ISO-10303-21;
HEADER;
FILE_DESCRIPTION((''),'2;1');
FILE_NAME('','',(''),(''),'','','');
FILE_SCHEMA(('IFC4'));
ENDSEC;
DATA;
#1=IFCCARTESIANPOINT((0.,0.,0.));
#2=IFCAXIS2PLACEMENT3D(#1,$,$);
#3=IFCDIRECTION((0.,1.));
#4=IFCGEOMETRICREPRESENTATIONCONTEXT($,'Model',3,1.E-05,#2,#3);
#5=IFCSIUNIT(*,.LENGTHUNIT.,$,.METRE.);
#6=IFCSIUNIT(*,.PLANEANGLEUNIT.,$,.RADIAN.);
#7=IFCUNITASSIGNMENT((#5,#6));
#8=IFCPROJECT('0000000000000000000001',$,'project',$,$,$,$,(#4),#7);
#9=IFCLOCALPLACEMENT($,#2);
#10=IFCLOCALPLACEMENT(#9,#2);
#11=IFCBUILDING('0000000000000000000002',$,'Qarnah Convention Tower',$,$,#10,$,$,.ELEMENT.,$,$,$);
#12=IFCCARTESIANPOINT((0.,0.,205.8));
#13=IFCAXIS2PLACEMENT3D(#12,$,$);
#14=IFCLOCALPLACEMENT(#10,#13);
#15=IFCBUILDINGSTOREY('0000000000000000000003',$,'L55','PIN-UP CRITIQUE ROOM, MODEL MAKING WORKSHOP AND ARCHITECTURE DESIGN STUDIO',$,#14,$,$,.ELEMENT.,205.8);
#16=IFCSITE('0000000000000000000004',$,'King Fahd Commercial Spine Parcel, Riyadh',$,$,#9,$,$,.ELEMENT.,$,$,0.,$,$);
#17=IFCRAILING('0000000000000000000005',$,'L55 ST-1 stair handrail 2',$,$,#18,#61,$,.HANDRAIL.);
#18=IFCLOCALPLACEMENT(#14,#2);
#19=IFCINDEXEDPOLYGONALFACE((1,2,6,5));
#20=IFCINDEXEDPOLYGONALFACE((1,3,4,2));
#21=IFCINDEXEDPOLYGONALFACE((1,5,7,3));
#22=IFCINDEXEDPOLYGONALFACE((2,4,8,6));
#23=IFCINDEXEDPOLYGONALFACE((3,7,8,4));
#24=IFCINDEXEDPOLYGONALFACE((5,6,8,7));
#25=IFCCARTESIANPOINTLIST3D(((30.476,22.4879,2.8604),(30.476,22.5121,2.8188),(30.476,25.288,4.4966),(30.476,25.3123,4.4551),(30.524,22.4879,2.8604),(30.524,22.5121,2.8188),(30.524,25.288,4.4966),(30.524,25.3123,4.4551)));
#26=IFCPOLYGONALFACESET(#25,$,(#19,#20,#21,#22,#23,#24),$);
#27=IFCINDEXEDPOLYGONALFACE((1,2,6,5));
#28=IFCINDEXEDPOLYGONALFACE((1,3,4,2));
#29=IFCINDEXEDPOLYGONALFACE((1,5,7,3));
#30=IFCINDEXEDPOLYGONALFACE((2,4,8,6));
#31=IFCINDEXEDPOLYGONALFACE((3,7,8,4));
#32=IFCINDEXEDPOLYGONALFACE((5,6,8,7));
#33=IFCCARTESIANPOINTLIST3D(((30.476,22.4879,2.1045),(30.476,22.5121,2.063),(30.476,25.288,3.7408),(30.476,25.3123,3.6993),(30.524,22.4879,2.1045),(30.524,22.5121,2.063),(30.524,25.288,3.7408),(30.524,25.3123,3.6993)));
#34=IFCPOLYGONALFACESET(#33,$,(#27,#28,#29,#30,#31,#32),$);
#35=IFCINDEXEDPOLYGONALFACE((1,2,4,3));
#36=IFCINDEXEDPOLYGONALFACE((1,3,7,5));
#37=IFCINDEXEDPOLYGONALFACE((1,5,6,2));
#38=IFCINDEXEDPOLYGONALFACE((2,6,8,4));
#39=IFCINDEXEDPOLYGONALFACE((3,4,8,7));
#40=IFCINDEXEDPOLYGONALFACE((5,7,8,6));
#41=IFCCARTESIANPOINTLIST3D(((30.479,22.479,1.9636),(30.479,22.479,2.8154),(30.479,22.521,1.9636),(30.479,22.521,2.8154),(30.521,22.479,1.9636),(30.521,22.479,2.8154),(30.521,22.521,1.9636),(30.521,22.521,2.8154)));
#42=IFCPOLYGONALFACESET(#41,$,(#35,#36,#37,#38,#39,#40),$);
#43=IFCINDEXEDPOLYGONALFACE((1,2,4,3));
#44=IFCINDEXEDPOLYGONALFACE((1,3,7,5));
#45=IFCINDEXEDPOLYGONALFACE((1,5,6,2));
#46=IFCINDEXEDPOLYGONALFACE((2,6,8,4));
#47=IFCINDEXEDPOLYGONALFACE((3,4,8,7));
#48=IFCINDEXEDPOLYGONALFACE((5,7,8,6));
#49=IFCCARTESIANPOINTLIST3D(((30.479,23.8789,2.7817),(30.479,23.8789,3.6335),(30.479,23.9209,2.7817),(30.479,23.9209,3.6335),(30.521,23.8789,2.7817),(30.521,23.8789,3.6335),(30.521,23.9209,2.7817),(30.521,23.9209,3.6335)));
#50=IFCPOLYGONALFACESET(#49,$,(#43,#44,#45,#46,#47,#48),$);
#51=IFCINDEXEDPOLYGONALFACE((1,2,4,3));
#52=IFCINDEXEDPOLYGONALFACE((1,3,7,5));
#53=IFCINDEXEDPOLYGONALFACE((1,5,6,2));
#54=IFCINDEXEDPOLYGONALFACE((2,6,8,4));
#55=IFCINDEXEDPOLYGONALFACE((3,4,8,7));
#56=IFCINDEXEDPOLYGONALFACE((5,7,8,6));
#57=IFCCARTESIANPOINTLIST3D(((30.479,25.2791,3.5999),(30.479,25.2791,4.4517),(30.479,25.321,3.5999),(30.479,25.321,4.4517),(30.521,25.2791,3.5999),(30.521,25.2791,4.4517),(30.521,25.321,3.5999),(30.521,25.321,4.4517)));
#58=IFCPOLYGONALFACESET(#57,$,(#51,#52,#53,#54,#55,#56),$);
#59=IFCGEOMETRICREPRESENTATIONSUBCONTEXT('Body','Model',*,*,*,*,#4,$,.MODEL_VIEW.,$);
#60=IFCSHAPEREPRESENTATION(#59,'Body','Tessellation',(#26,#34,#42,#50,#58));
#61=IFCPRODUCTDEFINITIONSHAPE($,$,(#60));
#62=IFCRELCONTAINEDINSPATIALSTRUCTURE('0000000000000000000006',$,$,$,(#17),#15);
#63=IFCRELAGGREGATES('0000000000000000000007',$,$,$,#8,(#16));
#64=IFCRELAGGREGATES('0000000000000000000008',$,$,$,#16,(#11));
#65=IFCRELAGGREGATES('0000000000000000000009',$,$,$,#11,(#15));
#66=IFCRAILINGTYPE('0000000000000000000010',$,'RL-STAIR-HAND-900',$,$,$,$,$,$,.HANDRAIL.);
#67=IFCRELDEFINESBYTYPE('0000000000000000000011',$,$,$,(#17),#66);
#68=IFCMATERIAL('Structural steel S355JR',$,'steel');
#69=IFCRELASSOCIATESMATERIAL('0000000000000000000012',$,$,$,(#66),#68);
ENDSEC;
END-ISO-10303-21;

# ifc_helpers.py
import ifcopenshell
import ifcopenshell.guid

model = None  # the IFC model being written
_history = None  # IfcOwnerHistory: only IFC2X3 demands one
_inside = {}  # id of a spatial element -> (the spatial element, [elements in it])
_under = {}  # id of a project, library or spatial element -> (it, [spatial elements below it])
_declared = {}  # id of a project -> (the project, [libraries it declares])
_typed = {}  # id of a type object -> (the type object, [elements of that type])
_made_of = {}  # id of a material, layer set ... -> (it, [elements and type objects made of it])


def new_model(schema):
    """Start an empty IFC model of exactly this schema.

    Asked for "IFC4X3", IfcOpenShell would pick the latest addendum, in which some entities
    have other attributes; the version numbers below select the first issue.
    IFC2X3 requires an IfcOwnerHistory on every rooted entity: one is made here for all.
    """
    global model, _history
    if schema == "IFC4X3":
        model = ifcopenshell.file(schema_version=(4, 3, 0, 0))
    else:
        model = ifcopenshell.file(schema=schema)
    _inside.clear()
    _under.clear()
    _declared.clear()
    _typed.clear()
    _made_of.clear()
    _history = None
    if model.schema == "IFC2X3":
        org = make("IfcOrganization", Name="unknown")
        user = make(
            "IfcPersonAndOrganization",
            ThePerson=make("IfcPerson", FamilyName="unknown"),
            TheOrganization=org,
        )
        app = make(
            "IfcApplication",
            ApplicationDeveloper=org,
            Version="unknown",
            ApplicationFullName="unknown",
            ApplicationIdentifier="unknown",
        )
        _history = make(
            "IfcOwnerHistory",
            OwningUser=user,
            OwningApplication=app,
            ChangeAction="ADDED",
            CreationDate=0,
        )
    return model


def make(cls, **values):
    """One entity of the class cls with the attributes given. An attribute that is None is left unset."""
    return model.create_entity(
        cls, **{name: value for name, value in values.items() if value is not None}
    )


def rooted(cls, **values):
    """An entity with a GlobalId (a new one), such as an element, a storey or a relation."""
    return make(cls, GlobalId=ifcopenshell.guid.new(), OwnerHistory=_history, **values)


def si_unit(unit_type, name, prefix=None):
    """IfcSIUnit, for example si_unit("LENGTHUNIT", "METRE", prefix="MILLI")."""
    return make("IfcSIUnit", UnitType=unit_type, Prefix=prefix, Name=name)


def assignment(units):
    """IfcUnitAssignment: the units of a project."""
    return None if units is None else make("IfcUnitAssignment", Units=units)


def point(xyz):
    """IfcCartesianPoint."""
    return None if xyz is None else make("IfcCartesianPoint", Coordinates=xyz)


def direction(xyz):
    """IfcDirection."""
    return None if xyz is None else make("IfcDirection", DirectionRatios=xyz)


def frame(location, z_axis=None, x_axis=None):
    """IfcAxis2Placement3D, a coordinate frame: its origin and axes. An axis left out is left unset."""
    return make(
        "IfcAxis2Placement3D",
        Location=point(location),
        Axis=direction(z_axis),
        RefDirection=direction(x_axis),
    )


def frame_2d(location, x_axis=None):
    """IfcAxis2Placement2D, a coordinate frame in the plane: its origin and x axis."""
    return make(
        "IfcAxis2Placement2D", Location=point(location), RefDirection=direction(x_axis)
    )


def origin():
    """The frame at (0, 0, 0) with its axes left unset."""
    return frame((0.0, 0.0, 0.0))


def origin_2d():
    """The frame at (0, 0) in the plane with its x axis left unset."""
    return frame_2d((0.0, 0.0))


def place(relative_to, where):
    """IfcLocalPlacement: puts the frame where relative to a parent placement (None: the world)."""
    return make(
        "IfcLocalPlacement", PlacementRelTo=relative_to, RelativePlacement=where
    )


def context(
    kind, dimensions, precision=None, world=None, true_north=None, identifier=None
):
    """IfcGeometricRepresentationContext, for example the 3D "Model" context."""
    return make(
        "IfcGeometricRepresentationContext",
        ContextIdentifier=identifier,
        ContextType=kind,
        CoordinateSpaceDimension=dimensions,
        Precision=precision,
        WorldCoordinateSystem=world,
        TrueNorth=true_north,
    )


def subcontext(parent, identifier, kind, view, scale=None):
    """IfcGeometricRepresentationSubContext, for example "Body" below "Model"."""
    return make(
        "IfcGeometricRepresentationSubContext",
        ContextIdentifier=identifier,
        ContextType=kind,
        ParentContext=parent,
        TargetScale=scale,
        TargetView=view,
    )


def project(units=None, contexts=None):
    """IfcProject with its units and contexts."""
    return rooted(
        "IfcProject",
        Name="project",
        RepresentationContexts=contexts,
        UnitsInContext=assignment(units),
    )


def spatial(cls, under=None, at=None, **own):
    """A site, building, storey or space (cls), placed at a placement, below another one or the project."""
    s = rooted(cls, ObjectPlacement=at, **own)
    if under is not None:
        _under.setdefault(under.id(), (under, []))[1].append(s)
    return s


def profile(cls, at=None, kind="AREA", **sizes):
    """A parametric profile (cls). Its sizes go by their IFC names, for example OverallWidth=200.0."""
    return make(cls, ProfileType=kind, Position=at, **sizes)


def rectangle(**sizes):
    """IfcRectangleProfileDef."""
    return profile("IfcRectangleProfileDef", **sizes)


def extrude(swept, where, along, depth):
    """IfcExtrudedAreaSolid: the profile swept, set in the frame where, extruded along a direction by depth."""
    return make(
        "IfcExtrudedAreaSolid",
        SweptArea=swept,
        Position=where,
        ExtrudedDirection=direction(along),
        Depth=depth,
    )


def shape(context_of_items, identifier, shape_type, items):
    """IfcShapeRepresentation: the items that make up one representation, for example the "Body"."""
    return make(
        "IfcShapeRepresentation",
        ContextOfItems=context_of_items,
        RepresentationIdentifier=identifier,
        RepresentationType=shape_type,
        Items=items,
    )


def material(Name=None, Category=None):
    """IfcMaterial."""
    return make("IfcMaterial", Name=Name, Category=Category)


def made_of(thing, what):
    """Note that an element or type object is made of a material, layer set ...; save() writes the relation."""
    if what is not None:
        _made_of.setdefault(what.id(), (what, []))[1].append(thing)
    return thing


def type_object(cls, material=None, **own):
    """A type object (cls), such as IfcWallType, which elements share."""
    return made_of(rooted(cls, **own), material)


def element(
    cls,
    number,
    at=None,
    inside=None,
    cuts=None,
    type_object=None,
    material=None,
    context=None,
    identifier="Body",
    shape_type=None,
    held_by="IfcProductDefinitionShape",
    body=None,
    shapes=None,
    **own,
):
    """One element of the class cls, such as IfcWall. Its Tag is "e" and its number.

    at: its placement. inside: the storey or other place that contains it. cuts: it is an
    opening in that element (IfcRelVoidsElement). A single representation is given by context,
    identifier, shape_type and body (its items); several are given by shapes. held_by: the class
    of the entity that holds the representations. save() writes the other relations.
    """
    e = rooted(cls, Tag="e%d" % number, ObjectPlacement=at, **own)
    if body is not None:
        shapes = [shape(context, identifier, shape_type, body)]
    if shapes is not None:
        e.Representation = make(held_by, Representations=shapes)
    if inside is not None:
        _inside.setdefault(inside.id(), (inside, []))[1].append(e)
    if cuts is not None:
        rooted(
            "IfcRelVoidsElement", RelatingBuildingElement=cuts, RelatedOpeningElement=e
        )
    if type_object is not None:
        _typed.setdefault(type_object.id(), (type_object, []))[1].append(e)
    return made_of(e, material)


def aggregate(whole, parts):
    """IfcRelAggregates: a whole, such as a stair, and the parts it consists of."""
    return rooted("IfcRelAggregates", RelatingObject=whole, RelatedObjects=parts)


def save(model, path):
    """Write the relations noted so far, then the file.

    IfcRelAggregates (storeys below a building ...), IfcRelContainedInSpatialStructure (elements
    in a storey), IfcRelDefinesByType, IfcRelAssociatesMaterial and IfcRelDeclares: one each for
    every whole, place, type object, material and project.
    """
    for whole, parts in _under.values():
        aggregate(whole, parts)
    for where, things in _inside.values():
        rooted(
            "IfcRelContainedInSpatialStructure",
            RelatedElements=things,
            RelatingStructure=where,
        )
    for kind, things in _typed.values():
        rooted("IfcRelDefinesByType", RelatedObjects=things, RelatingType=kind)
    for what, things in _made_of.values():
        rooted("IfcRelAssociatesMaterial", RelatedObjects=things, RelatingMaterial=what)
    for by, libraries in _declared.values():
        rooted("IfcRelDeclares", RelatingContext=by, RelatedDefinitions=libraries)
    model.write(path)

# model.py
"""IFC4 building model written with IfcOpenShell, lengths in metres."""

from ifc_helpers import new_model, si_unit, direction, frame, origin, origin_2d, place, context, subcontext, project, spatial, rectangle, extrude, material, type_object, element, save


model = new_model("IFC4")

# Units and contexts
model_context = context("Model", 3, precision=1e-05, world=origin(), true_north=direction((0.0, 1.0)))
body_context = subcontext(model_context, "Body", "Model", "MODEL_VIEW")
ifc_project = project(units=[si_unit("LENGTHUNIT", "METRE"), si_unit("PLANEANGLEUNIT", "RADIAN")], contexts=[model_context])

# Site, building, storey
site_placement = place(None, origin())
site = spatial("IfcSite", under=ifc_project, at=site_placement, Name="King Fahd Commercial Spine Parcel, Riyadh", CompositionType="ELEMENT", RefElevation=0.0)
building_placement = place(site_placement, origin())
building = spatial("IfcBuilding", under=site, at=building_placement, Name="Qarnah Convention Tower", CompositionType="ELEMENT")
storey_placement = place(building_placement, frame((0.0, 0.0, 205.8)))
storey = spatial("IfcBuildingStorey", under=building, at=storey_placement, Name="L55", Description="PIN-UP CRITIQUE ROOM, MODEL MAKING WORKSHOP AND ARCHITECTURE DESIGN STUDIO", CompositionType="ELEMENT", Elevation=205.8)

# Shared definitions
ifc_material_1 = material(Name="Structural steel S355JR", Category="steel")

# Railing
railing_type_1 = type_object("IfcRailingType", Name="RL-STAIR-HAND-900", PredefinedType="HANDRAIL", material=ifc_material_1)
railing_1_placement = place(storey_placement, frame((30.5, 22.5, 1.9636)))
element("IfcRailing", 1, at=railing_1_placement, inside=storey, type_object=railing_type_1, Name="L55 ST-1 stair handrail 2", PredefinedType="HANDRAIL", context=body_context, shape_type="SweptSolid", body=[
    extrude(rectangle(XDim=0.0481, YDim=0.0481, at=origin_2d()), frame((0.0, 0.0, 0.876), z_axis=(0.0, 0.863394, 0.504531), x_axis=(-1.0, 0.0, 0.0)), (0.0, 0.0, 1.0), 3.2432),
    extrude(rectangle(XDim=0.0481, YDim=0.0481, at=origin_2d()), frame((0.0, 0.0, 0.1201), z_axis=(0.0, 0.863394, 0.504531), x_axis=(-1.0, 0.0, 0.0)), (0.0, 0.0, 1.0), 3.2432),
    extrude(rectangle(XDim=0.042, YDim=0.042, at=origin_2d()), origin(), (0.0, 0.0, 1.0), 0.8518),
    extrude(rectangle(XDim=0.042, YDim=0.042, at=origin_2d()), frame((0.0, 1.3999, 0.8181)), (0.0, 0.0, 1.0), 0.8518),
    extrude(rectangle(XDim=0.042, YDim=0.042, at=origin_2d()), frame((0.0, 2.8, 1.6362)), (0.0, 0.0, 1.0), 0.8518),
])

save(model, "model.ifc")
